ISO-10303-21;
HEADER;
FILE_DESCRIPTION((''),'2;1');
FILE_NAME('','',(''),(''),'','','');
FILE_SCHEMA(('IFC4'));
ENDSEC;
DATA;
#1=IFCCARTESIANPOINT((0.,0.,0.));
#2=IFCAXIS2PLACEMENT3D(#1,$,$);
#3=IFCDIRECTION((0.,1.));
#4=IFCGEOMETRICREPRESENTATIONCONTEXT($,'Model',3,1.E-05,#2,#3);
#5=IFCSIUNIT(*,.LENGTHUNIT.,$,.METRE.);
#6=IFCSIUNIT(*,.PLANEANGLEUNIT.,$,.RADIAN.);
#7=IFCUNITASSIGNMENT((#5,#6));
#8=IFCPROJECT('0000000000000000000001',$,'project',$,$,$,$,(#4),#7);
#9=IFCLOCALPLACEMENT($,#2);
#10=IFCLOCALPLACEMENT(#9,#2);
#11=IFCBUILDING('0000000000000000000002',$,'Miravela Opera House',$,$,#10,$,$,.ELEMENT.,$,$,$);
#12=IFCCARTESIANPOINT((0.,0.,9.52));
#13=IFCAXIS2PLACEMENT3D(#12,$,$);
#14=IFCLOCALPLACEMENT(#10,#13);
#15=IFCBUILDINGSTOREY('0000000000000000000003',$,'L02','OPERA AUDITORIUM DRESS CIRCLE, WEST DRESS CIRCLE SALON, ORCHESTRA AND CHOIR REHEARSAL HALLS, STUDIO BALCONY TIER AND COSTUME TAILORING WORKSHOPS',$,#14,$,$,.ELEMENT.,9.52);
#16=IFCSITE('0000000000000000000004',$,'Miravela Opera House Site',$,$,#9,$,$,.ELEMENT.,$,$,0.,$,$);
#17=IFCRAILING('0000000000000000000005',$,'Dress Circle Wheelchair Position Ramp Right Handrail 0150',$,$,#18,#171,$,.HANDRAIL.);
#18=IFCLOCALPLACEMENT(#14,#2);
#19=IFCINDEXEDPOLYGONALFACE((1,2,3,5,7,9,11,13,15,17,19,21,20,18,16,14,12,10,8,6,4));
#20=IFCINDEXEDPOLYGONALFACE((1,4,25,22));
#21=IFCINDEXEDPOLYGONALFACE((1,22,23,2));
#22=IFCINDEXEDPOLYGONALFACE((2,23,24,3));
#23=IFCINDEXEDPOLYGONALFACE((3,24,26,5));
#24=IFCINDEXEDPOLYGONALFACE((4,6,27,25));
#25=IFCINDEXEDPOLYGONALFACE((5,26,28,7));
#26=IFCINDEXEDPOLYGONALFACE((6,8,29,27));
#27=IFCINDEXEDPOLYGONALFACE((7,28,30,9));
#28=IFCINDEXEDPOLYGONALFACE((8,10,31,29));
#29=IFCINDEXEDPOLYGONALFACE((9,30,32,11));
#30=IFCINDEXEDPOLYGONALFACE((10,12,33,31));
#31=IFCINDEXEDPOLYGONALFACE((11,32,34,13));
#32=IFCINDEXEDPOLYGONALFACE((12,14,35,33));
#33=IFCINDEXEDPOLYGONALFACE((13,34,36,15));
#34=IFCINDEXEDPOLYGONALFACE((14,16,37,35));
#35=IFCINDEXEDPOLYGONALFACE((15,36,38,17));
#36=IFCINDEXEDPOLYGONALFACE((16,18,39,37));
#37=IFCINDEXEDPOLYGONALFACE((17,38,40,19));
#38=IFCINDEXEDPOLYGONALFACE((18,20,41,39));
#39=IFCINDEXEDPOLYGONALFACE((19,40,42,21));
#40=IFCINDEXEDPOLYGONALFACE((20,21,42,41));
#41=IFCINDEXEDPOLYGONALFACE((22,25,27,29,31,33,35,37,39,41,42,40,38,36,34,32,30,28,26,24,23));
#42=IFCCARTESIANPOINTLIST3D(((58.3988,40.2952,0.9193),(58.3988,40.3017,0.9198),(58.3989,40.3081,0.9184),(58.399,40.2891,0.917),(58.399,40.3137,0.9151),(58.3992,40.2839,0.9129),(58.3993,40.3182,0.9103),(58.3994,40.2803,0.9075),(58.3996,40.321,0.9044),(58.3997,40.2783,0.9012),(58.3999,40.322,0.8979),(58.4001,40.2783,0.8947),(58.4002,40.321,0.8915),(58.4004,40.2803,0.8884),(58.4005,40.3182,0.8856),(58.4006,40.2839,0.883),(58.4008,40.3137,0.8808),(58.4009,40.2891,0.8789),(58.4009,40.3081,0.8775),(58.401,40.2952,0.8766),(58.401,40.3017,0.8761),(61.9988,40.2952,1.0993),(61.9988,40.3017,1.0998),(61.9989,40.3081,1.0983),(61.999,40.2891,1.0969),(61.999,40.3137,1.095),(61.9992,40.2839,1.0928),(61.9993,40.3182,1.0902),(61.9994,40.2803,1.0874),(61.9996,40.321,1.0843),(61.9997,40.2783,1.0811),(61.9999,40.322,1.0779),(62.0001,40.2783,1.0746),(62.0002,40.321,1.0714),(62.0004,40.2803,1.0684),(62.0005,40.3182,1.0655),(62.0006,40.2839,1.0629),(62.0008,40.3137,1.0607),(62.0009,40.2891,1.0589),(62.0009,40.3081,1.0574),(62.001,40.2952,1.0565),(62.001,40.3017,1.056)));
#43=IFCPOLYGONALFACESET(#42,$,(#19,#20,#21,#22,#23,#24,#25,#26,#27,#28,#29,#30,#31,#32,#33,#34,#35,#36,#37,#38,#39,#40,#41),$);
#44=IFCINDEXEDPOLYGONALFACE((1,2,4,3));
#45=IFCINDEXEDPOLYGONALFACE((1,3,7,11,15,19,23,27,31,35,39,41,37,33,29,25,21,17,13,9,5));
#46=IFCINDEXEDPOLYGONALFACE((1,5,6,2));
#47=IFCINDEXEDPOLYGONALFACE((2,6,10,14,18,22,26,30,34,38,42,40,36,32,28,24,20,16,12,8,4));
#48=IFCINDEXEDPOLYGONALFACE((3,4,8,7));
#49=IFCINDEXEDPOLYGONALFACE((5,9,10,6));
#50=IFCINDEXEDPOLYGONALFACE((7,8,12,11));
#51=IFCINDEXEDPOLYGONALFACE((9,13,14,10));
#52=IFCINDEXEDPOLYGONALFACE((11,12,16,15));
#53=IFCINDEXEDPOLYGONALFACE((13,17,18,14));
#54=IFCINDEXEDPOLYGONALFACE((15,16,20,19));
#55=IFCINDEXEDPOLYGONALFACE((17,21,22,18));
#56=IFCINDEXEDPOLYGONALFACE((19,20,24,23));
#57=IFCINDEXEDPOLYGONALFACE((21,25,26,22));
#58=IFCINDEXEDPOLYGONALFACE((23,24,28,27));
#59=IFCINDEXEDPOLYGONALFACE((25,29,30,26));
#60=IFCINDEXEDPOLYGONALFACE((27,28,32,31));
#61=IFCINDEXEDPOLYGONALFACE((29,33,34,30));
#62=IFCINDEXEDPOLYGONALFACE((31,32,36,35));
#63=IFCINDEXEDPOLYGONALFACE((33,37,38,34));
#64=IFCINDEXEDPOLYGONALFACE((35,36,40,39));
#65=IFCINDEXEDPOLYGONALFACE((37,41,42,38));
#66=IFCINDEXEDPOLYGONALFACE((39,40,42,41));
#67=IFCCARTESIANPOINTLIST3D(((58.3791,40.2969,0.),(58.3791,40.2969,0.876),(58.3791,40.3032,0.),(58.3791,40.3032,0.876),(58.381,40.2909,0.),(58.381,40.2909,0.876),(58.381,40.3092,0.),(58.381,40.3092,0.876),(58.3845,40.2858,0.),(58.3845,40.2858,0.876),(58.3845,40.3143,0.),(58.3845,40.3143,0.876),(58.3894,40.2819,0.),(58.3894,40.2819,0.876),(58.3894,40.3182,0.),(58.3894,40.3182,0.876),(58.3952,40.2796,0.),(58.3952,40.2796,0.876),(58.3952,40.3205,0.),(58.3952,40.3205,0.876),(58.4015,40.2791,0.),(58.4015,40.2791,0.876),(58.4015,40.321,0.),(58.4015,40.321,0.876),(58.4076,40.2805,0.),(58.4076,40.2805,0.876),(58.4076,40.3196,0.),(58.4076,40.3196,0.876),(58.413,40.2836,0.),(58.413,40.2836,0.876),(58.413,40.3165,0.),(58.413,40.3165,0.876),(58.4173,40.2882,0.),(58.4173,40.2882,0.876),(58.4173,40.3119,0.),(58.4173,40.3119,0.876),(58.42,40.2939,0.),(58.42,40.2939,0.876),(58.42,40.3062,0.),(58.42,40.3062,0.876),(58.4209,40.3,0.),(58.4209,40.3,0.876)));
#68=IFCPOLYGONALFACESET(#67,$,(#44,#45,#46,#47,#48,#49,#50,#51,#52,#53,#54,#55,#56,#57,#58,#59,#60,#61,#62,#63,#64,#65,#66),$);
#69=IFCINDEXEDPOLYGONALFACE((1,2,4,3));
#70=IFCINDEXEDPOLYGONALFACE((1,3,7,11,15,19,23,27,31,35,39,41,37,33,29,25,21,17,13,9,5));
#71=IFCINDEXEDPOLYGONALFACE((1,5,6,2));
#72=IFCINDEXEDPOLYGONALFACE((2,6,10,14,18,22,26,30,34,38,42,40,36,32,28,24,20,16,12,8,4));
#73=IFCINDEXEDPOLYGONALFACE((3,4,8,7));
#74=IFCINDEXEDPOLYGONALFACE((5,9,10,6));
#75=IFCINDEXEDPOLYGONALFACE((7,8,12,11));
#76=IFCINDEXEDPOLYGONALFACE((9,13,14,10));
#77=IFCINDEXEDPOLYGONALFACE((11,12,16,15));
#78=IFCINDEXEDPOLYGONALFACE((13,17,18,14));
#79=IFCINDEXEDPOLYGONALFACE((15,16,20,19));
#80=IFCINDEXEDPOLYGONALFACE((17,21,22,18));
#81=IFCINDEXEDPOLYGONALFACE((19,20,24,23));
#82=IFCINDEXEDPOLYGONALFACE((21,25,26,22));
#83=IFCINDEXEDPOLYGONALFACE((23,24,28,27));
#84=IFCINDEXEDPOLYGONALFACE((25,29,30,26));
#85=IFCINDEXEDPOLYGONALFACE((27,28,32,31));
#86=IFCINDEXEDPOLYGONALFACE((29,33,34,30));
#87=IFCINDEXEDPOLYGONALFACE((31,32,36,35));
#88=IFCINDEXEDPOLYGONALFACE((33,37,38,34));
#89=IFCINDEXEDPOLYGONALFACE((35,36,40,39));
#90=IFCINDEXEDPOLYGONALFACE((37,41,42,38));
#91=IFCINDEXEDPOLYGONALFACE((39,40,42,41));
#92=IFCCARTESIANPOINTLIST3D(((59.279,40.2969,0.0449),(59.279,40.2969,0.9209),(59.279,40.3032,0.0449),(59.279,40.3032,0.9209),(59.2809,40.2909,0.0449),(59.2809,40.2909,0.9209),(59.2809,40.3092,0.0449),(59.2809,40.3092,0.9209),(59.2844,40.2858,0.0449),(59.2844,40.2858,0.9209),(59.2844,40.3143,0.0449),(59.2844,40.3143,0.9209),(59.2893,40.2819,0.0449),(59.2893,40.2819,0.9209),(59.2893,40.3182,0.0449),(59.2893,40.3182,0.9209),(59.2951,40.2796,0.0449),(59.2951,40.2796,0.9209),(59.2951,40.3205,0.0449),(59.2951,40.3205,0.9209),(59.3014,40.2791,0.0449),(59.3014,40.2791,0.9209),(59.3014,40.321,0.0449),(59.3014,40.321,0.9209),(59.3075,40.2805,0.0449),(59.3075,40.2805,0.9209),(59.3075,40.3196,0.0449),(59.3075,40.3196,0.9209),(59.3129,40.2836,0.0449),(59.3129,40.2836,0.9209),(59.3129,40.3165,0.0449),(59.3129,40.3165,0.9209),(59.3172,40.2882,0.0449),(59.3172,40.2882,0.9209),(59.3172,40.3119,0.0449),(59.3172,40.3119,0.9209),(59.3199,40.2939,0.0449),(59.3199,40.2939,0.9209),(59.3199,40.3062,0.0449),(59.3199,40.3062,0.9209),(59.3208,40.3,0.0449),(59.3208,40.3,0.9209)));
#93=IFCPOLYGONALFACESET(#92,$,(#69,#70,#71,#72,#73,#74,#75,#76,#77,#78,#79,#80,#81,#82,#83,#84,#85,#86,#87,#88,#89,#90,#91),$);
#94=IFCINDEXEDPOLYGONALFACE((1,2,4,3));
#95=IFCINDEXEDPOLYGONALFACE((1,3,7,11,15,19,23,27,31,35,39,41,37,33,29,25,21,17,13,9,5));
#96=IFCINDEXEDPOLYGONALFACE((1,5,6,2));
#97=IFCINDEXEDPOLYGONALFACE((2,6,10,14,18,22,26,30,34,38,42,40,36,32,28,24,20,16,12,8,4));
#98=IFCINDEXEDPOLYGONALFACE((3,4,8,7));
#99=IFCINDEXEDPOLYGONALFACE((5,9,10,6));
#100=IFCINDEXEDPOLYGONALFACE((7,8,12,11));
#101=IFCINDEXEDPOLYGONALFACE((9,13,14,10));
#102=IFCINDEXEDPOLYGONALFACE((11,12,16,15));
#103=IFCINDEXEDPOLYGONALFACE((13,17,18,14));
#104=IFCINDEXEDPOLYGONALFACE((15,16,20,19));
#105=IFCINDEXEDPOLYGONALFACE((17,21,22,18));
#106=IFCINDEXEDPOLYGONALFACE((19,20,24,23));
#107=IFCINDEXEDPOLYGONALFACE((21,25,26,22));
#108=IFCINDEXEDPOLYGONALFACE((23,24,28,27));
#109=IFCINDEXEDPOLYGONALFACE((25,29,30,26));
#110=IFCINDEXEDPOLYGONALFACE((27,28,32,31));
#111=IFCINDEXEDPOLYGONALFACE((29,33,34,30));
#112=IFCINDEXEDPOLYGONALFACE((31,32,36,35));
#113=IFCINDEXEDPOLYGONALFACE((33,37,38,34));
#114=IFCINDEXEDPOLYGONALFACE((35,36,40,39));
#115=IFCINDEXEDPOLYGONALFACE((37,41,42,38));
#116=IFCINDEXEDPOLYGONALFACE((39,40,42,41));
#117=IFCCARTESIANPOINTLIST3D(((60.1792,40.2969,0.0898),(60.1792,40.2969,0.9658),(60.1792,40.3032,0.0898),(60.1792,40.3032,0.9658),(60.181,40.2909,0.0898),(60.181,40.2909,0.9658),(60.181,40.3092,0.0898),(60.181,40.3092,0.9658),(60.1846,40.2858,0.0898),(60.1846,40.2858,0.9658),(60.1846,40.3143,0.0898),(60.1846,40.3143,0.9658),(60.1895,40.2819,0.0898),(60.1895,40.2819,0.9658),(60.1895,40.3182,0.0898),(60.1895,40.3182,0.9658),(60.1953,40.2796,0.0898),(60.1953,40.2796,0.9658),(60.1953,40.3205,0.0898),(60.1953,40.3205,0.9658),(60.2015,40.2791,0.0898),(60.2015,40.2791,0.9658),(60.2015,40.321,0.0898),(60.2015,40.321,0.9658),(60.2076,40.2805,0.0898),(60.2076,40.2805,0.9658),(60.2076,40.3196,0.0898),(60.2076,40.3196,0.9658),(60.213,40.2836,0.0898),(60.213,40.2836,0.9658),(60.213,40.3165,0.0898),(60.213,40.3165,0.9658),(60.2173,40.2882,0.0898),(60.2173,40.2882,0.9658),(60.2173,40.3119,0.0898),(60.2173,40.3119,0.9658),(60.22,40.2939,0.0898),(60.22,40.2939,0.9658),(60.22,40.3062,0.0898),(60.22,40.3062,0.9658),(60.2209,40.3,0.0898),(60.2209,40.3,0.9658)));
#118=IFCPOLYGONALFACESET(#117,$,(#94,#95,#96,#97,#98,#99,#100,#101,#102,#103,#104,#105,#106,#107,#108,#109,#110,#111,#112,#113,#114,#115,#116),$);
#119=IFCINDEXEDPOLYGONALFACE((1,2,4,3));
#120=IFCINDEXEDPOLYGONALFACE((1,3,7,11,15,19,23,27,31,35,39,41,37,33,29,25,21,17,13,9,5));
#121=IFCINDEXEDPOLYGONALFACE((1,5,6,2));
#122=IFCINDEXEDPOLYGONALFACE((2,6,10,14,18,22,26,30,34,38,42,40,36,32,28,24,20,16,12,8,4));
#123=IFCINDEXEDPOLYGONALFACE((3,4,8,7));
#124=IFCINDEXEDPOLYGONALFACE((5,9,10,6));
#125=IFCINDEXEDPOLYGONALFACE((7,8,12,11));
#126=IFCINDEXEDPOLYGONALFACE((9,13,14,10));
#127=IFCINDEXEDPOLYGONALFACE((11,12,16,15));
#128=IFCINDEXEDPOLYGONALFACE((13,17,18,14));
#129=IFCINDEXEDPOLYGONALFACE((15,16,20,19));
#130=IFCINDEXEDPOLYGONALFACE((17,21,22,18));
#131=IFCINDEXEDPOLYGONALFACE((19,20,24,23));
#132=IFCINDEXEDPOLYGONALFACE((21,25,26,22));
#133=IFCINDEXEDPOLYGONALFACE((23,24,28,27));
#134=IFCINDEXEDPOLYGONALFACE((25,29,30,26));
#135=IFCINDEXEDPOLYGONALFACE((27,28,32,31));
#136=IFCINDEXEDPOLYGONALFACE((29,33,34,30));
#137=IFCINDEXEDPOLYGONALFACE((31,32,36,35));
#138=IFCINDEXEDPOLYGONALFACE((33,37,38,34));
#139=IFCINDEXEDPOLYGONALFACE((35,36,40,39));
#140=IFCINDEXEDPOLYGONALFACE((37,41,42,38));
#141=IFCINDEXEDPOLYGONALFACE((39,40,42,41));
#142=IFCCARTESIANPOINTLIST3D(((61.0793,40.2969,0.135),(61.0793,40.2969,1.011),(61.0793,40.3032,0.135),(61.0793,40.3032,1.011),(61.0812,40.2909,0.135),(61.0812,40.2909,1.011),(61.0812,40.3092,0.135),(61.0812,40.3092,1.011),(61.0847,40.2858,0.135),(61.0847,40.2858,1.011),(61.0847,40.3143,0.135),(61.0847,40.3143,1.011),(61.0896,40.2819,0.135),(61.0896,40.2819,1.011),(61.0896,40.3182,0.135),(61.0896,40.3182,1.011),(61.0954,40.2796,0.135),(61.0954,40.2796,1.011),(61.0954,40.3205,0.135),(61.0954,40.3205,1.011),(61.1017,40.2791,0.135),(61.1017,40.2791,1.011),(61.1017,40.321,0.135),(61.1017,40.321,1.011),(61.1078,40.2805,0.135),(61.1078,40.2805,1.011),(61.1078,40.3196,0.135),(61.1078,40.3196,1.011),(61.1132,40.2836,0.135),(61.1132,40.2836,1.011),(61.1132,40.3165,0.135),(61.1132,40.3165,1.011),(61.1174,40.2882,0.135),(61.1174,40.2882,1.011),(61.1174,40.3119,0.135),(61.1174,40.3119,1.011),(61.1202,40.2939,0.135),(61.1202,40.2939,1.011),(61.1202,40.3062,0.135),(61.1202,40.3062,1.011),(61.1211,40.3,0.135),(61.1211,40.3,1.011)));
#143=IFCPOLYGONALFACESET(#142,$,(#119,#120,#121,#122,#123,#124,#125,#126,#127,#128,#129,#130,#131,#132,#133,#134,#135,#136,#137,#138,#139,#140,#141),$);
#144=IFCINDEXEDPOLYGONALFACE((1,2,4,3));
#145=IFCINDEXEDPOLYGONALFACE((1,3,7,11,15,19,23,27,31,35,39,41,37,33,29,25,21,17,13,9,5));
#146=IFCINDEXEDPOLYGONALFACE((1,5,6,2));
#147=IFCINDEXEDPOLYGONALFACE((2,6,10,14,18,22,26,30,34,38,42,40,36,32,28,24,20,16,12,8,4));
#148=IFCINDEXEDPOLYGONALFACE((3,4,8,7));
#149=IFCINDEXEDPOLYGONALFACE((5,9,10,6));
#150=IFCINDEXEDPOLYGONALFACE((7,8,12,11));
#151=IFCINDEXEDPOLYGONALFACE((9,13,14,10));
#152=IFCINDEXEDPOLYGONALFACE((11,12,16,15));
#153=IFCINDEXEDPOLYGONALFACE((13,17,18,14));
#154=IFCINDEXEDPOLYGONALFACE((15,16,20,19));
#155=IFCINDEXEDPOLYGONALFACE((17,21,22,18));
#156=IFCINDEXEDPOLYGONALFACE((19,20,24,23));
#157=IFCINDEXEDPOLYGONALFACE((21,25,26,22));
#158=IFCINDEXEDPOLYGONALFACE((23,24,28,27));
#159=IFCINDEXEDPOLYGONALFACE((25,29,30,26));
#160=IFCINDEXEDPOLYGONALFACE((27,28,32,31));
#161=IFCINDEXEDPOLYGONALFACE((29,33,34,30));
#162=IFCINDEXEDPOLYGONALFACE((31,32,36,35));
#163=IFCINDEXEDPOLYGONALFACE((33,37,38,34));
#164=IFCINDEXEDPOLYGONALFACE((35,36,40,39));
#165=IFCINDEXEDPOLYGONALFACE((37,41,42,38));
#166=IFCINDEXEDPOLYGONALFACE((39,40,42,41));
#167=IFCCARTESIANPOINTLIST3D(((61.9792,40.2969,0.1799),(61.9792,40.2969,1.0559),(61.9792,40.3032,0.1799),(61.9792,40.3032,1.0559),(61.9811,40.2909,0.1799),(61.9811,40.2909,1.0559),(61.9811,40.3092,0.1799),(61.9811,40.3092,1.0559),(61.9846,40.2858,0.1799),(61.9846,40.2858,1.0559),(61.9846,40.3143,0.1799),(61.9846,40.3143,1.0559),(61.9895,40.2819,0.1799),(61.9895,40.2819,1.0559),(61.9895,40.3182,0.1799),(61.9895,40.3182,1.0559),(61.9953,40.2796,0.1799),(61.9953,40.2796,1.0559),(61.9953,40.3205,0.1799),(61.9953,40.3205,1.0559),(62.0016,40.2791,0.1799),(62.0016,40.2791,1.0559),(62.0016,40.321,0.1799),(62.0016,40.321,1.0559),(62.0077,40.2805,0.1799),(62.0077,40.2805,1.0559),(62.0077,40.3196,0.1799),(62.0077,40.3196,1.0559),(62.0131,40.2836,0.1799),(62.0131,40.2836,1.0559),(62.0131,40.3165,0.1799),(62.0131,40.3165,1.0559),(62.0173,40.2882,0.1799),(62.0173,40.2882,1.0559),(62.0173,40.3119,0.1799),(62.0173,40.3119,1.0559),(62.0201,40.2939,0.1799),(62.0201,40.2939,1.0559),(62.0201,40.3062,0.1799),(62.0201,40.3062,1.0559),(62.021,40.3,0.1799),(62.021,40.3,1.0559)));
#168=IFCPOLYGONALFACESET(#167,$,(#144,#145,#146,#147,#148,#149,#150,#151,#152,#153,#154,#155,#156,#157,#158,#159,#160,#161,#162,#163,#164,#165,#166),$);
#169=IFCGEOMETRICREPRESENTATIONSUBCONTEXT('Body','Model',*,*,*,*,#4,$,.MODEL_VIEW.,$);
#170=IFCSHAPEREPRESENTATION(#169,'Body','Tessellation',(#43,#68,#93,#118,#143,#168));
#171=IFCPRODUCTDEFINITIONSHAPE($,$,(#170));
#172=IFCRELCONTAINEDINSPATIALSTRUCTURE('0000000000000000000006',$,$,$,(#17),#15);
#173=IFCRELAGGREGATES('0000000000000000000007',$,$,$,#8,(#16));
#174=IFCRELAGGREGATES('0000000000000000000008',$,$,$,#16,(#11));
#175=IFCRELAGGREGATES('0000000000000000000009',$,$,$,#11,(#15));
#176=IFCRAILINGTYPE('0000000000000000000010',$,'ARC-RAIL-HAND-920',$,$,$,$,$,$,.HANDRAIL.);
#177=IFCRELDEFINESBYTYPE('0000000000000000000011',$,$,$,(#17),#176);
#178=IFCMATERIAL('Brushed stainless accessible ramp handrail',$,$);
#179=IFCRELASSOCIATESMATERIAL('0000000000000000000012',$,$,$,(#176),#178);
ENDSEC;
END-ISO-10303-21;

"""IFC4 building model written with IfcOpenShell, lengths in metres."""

from ifc_helpers import new_model, si_unit, direction, frame, origin, origin_2d, place, context, subcontext, project, spatial, circle, extrude, material, type_object, element, save


model = new_model("IFC4")

# Units and contexts
model_context = context("Model", 3, precision=1e-05, world=origin(), true_north=direction((0.0, 1.0)))
body_context = subcontext(model_context, "Body", "Model", "MODEL_VIEW")
ifc_project = project(units=[si_unit("LENGTHUNIT", "METRE"), si_unit("PLANEANGLEUNIT", "RADIAN")], contexts=[model_context])

# Site, building, storey
site_placement = place(None, origin())
site = spatial("IfcSite", under=ifc_project, at=site_placement, Name="Miravela Opera House Site", CompositionType="ELEMENT", RefElevation=0.0)
building_placement = place(site_placement, origin())
building = spatial("IfcBuilding", under=site, at=building_placement, Name="Miravela Opera House", CompositionType="ELEMENT")
storey_placement = place(building_placement, frame((0.0, 0.0, 9.52)))
storey = spatial("IfcBuildingStorey", under=building, at=storey_placement, Name="L02", Description="OPERA AUDITORIUM DRESS CIRCLE, WEST DRESS CIRCLE SALON, ORCHESTRA AND CHOIR REHEARSAL HALLS, STUDIO BALCONY TIER AND COSTUME TAILORING WORKSHOPS", CompositionType="ELEMENT", Elevation=9.52)

# Railing
ifc_material_1 = material(Name="Brushed stainless accessible ramp handrail")
railing_type = type_object("IfcRailingType", Name="ARC-RAIL-HAND-920", PredefinedType="HANDRAIL", material=ifc_material_1)
for number, where, name in (
    (1, (58.3999, 40.3, 0.0), "Dress Circle Wheelchair Position Ramp Right Handrail 0150"),
):
    element("IfcRailing", number, at=place(storey_placement, frame(where)), inside=storey, type_object=railing_type, Name=name, PredefinedType="HANDRAIL", context=body_context, shape_type="SweptSolid", body=[
        extrude(circle(Radius=0.022, at=origin_2d()), frame((0.0, 0.0, 0.8979), z_axis=(0.998753, 0.0, 0.049917), x_axis=(0.0, 1.0, 0.0)), (0.0, 0.0, 1.0), 3.6045),
        extrude(circle(Radius=0.021, at=origin_2d()), origin(), (0.0, 0.0, 1.0), 0.876),
        extrude(circle(Radius=0.021, at=origin_2d()), frame((0.8999, 0.0, 0.0449)), (0.0, 0.0, 1.0), 0.876),
        extrude(circle(Radius=0.021, at=origin_2d()), frame((1.8, 0.0, 0.0898)), (0.0, 0.0, 1.0), 0.876),
        extrude(circle(Radius=0.021, at=origin_2d()), frame((2.7002, 0.0, 0.135)), (0.0, 0.0, 1.0), 0.876),
        extrude(circle(Radius=0.021, at=origin_2d()), frame((3.6001, 0.0, 0.1799)), (0.0, 0.0, 1.0), 0.876),
    ])

save(model, "model.ifc")
